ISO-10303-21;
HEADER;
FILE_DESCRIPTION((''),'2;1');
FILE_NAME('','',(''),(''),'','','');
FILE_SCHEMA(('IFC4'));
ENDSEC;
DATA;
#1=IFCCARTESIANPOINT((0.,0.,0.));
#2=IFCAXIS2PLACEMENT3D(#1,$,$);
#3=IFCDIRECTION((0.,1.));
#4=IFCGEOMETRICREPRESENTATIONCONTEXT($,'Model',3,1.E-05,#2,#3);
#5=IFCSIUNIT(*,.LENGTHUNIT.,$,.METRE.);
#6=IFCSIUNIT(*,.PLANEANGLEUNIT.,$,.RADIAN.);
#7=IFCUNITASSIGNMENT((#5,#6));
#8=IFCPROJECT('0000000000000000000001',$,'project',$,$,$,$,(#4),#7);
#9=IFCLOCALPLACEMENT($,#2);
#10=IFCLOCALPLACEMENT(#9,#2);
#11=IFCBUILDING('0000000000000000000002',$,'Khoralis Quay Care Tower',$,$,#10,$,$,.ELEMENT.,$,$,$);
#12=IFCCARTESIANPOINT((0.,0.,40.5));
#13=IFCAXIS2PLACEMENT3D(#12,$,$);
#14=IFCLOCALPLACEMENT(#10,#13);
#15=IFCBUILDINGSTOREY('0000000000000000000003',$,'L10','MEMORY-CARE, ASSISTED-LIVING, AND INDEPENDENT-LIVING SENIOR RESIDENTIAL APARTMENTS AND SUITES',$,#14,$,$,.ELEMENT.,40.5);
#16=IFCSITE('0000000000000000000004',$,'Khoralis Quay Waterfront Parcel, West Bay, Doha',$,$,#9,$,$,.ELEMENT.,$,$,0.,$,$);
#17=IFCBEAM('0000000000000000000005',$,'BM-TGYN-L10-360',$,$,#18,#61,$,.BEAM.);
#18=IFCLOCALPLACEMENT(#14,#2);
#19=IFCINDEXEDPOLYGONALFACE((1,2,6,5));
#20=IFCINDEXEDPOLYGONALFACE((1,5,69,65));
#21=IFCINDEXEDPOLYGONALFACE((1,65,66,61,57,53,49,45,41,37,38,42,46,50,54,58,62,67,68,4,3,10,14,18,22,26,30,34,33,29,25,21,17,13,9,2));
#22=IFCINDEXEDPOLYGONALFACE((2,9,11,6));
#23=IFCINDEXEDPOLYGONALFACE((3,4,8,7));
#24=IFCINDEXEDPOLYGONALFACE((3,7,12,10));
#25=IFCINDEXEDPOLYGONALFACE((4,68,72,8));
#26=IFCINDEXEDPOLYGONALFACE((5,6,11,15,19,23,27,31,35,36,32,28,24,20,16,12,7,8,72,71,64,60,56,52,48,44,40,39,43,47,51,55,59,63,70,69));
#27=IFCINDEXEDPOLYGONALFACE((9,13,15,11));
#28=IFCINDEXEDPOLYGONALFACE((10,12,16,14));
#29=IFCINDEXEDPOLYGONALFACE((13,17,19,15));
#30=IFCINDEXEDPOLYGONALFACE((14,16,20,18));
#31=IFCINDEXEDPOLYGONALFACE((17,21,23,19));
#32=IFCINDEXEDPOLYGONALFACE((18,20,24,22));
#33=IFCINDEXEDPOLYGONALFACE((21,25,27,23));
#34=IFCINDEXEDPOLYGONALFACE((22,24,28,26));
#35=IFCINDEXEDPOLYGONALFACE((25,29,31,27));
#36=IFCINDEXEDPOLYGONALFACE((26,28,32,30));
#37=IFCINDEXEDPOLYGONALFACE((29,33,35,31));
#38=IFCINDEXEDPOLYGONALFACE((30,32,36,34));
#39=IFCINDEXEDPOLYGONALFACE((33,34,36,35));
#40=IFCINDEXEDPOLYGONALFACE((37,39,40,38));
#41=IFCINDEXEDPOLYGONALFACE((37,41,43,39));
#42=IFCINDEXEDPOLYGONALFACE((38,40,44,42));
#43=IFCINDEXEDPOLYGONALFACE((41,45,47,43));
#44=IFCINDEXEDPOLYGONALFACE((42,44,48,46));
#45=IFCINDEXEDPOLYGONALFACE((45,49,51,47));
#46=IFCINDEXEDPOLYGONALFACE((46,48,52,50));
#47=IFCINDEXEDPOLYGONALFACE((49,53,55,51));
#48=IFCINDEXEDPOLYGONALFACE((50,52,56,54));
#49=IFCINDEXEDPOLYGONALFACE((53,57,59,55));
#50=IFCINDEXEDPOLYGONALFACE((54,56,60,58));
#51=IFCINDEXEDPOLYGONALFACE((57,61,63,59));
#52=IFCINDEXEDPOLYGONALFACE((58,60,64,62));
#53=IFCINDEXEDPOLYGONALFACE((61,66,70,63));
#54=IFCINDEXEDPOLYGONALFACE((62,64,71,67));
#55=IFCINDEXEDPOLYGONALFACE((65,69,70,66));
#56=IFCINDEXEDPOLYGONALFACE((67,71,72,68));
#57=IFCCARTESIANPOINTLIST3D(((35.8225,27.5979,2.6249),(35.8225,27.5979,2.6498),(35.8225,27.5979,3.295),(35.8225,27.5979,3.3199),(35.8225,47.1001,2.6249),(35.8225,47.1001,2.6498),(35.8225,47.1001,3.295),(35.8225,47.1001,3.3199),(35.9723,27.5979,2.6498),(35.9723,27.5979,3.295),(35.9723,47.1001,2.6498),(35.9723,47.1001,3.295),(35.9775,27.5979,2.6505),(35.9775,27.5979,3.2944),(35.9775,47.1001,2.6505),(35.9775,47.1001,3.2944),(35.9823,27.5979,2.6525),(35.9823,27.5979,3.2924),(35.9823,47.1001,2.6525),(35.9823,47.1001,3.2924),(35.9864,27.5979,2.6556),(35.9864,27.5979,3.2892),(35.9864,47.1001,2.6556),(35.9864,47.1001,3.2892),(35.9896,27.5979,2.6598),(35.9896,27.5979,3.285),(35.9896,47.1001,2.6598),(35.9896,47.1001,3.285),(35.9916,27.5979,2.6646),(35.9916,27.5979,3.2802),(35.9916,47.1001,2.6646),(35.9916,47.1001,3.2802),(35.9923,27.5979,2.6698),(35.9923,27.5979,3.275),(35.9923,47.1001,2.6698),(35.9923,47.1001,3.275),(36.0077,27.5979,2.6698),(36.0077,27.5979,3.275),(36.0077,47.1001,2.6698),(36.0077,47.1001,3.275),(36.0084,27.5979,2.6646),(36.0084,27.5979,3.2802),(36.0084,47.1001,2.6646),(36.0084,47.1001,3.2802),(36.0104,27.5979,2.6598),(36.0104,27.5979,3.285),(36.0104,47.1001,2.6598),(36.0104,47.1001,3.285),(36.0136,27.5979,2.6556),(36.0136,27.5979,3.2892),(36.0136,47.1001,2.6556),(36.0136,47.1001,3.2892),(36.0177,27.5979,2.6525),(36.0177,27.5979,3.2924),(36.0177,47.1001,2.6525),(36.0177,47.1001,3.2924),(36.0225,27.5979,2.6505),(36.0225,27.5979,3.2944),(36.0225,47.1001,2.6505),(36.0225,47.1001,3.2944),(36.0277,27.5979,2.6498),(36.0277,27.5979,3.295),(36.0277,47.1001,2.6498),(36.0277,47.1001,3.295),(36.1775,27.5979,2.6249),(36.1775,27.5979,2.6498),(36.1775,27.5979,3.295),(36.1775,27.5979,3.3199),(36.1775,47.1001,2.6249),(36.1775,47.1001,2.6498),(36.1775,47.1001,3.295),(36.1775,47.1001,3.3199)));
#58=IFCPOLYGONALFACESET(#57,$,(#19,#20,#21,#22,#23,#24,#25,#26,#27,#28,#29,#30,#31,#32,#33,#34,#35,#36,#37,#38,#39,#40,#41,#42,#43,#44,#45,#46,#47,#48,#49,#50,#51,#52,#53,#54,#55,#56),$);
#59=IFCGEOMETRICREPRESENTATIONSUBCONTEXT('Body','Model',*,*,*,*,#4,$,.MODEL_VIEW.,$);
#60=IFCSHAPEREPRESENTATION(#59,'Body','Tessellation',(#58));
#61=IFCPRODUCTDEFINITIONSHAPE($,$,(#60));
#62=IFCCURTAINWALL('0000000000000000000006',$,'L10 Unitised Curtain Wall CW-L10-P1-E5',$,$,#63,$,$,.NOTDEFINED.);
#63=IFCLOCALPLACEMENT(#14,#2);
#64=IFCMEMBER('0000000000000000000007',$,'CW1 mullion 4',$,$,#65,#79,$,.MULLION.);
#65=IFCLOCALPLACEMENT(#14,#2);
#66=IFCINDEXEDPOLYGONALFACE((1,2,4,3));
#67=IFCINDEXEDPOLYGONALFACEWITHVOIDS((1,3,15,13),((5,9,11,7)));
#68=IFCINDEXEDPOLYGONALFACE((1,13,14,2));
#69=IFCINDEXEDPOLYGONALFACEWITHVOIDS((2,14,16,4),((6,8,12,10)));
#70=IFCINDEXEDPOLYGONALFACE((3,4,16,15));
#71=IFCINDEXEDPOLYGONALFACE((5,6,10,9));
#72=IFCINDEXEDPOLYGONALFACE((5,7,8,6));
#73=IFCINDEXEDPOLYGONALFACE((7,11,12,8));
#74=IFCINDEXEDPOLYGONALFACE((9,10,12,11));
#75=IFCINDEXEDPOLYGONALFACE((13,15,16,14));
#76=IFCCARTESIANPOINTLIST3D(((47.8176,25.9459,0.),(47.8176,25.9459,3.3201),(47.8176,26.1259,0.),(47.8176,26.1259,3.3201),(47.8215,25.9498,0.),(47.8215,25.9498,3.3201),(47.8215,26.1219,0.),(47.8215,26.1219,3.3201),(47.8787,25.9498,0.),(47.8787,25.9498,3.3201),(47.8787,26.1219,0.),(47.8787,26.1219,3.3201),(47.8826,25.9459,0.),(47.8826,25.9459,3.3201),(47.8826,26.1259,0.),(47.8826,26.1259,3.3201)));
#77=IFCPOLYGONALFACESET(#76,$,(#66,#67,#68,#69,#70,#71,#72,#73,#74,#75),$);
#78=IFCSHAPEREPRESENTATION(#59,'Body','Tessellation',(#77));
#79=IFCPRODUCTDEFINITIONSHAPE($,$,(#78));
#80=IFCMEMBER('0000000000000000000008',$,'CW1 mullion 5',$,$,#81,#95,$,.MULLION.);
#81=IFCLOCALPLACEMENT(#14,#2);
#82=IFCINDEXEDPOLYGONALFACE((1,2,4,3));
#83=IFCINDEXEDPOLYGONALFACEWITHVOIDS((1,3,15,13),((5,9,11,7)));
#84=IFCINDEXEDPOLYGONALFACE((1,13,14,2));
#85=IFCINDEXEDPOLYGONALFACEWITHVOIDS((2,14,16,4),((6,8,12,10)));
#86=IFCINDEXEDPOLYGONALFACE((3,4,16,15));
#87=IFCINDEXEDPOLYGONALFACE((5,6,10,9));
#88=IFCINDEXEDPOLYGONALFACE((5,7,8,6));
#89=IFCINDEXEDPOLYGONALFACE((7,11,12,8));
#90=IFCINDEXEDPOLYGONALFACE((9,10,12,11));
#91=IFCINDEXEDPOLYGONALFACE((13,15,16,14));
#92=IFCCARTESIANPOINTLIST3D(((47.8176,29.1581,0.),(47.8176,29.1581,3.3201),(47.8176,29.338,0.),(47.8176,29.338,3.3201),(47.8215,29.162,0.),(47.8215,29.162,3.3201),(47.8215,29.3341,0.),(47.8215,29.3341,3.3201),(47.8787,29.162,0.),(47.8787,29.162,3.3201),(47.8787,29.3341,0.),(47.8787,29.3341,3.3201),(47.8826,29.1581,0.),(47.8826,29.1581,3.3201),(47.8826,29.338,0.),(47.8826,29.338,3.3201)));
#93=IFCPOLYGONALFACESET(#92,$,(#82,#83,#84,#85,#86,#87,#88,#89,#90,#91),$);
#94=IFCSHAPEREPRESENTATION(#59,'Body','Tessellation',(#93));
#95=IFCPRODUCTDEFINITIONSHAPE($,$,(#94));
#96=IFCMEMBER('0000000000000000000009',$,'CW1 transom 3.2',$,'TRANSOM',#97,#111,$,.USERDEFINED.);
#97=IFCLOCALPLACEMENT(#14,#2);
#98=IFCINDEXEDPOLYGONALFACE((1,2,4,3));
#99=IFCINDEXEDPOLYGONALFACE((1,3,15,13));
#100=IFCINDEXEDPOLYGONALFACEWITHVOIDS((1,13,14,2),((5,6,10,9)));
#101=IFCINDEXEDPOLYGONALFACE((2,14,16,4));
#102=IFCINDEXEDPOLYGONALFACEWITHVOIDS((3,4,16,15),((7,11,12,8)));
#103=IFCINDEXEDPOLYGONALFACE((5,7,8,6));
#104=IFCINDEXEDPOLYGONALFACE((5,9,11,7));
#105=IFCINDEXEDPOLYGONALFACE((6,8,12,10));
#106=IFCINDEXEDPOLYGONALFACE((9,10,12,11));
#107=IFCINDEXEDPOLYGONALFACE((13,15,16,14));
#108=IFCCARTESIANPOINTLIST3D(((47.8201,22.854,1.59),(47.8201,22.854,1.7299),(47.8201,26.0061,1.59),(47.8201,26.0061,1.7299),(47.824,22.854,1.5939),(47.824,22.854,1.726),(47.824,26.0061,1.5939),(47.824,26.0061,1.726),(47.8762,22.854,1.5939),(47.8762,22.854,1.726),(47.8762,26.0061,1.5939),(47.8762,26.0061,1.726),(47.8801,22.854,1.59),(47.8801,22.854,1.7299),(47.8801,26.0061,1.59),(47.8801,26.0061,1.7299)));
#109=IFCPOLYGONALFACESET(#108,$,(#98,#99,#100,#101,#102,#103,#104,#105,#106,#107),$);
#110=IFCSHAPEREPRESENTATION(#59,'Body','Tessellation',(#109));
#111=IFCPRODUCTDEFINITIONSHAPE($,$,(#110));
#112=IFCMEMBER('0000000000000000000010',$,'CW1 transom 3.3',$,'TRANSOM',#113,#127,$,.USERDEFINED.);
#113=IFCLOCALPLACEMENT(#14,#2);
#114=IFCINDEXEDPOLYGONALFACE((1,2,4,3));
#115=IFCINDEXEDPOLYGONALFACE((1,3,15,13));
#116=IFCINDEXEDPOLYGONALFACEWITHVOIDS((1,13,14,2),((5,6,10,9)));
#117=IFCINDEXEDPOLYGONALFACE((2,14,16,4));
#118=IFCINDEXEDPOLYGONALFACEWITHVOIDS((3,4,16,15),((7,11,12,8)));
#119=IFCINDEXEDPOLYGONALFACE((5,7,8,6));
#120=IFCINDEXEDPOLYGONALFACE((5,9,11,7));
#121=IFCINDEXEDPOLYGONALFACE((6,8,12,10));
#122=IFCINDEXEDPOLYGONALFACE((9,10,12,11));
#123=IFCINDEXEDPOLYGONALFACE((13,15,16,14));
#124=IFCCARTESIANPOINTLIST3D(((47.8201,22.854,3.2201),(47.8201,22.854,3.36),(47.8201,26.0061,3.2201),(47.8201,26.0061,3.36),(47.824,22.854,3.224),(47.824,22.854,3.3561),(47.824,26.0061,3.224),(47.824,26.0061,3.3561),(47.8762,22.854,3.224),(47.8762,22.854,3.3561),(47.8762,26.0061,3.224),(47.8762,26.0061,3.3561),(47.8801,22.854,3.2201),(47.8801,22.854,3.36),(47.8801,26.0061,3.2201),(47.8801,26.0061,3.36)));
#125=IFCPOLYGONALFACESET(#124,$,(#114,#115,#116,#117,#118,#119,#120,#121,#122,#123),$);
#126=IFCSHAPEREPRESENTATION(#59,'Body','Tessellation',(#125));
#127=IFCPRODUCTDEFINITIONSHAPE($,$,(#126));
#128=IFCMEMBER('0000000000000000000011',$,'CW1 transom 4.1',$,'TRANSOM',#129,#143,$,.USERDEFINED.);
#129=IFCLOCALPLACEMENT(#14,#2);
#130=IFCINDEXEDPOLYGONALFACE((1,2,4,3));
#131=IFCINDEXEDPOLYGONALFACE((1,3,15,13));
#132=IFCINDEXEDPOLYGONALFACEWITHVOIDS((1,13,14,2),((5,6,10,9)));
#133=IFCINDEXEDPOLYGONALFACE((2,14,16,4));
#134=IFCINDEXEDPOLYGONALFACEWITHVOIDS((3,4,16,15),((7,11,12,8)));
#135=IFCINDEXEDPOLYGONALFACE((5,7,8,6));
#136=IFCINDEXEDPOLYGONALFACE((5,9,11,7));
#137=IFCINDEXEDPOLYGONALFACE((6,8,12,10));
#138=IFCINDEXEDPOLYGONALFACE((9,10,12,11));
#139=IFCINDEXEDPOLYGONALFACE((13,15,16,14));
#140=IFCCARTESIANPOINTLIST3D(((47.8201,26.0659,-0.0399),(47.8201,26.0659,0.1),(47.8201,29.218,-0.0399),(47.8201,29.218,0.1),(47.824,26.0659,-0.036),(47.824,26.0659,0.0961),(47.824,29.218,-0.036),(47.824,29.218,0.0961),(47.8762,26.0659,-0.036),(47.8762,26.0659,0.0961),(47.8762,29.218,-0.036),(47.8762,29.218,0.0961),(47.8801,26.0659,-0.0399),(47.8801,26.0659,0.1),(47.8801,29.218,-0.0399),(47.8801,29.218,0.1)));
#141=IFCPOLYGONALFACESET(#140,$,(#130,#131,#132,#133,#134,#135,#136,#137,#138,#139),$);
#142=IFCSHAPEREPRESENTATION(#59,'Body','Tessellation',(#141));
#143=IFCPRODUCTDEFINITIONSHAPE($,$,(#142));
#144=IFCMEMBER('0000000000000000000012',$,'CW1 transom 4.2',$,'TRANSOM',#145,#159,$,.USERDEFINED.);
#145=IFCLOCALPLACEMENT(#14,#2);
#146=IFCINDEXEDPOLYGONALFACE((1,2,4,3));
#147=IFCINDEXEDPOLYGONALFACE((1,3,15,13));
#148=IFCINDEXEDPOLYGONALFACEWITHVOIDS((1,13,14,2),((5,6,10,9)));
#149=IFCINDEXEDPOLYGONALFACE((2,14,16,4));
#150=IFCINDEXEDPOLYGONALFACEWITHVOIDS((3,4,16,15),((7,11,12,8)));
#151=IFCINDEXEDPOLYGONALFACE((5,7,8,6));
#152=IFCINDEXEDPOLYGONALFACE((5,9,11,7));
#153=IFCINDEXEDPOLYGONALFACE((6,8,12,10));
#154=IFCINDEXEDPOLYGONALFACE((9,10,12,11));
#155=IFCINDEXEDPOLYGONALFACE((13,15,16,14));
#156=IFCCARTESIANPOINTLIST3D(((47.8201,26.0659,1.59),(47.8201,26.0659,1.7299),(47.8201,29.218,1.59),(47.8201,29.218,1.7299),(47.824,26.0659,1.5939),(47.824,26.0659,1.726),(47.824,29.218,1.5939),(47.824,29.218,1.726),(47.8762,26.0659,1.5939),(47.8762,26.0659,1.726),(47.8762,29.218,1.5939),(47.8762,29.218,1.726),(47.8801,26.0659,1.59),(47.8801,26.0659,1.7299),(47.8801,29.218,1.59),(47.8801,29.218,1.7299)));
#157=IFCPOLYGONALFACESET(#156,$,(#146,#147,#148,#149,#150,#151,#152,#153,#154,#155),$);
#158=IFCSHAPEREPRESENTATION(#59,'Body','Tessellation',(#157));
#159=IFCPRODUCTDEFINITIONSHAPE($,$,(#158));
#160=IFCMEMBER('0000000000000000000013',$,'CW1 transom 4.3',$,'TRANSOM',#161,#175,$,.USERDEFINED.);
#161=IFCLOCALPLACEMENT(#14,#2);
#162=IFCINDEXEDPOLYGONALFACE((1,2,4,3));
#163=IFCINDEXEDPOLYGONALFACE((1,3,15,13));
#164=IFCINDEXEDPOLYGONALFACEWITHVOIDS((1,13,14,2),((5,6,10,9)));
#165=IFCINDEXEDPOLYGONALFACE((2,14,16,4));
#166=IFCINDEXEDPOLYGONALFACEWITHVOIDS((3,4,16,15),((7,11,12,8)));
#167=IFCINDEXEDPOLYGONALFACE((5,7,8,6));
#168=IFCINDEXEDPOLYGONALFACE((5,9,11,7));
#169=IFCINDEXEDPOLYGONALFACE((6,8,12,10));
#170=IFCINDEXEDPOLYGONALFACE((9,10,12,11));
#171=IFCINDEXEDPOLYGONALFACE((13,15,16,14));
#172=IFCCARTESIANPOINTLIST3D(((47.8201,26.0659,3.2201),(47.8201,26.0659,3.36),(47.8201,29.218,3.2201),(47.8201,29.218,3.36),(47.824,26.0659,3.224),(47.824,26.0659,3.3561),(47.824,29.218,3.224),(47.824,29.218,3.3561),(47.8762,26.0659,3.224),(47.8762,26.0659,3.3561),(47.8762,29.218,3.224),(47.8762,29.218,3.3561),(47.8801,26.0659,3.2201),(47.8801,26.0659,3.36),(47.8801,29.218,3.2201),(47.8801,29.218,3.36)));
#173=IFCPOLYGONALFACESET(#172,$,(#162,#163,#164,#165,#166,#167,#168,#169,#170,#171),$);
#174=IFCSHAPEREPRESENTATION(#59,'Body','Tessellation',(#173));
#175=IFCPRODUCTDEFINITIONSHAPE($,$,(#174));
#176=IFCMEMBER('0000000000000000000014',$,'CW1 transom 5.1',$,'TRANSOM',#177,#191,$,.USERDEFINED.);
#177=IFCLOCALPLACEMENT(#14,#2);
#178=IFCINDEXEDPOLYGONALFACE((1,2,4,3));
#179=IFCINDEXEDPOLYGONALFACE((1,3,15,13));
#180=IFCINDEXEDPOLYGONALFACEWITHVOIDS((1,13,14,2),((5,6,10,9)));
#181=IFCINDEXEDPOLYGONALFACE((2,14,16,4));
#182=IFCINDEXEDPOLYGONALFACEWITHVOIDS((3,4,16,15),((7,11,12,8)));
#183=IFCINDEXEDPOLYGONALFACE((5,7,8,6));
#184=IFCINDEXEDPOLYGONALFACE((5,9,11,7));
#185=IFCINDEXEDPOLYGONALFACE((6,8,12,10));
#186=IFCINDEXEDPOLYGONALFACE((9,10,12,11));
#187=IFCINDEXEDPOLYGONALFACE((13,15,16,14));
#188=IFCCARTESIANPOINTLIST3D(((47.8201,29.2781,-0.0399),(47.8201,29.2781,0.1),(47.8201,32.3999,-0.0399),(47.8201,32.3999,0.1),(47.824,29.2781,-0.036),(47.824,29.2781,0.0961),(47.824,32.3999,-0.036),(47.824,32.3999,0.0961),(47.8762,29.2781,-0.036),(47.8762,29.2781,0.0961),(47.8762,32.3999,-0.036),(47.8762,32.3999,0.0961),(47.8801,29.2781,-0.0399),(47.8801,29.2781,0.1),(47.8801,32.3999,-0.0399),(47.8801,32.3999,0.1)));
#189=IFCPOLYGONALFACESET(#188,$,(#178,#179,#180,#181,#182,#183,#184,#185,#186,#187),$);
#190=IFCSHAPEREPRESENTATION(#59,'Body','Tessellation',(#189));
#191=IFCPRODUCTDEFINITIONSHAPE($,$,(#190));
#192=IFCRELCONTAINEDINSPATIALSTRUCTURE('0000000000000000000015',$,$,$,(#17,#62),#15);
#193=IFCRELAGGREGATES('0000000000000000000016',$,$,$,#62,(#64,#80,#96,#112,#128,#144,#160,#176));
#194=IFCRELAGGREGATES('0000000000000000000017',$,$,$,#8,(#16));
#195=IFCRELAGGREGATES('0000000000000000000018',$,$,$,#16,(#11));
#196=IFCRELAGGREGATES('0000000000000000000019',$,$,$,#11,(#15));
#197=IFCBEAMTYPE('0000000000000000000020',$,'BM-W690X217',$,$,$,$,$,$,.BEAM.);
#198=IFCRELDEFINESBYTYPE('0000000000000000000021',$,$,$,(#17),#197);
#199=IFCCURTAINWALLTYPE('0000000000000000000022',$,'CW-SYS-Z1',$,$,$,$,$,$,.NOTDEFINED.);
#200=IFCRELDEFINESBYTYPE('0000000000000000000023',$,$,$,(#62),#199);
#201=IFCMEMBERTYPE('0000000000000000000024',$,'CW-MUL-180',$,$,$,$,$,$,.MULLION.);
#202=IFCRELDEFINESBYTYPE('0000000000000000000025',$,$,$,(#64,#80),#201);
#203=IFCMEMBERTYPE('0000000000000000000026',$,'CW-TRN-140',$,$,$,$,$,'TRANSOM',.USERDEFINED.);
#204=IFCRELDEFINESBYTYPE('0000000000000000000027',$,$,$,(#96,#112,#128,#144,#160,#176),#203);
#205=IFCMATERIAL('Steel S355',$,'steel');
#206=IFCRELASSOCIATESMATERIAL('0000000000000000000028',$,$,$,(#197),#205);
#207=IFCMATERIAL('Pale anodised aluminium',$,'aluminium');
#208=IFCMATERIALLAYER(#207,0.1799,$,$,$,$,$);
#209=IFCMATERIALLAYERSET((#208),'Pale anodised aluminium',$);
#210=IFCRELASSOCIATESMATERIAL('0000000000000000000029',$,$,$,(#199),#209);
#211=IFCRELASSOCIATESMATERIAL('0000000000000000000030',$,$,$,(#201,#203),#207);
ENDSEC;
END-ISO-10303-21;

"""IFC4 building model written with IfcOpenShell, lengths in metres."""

from ifc_helpers import new_model, si_unit, direction, frame, origin, origin_2d, place, context, subcontext, project, spatial, hollow_rectangle, i_section, extrude, source, transform, mapped, material, layer, layer_set, material_profile, profile_set, type_object, element, aggregate, save


model = new_model("IFC4")

# Units and contexts
model_context = context("Model", 3, precision=1e-05, world=origin(), true_north=direction((0.0, 1.0)))
body_context = subcontext(model_context, "Body", "Model", "MODEL_VIEW")
ifc_project = project(units=[si_unit("LENGTHUNIT", "METRE"), si_unit("PLANEANGLEUNIT", "RADIAN")], contexts=[model_context])

# Site, building, storey
site_placement = place(None, origin())
site = spatial("IfcSite", under=ifc_project, at=site_placement, Name="Khoralis Quay Waterfront Parcel, West Bay, Doha", CompositionType="ELEMENT", RefElevation=0.0)
building_placement = place(site_placement, origin())
building = spatial("IfcBuilding", under=site, at=building_placement, Name="Khoralis Quay Care Tower", CompositionType="ELEMENT")
storey_placement = place(building_placement, frame((0.0, 0.0, 40.5)))
storey = spatial("IfcBuildingStorey", under=building, at=storey_placement, Name="L10", Description="MEMORY-CARE, ASSISTED-LIVING, AND INDEPENDENT-LIVING SENIOR RESIDENTIAL APARTMENTS AND SUITES", CompositionType="ELEMENT", Elevation=40.5)

# Beam
ifc_material_1 = material(Name="Steel S355", Category="steel")
ifc_material_profile_1 = material_profile(ifc_material_1, i_section(OverallWidth=0.355, OverallDepth=0.6951, WebThickness=0.0154, FlangeThickness=0.0249, FilletRadius=0.02, at=origin_2d()), Name="Steel S355")
ifc_profile_set_1 = profile_set([ifc_material_profile_1], Name="Steel S355")
beam_type_1 = type_object("IfcBeamType", Name="BM-W690X217", PredefinedType="BEAM", material=ifc_profile_set_1)
shared_shape_1 = source(origin(), body_context, "Body", "SweptSolid", [
    extrude(i_section(OverallWidth=0.355, OverallDepth=0.6951, WebThickness=0.0154, FlangeThickness=0.0249, FilletRadius=0.02, at=origin_2d()), origin(), (0.0, 0.0, 1.0), 19.5022),
])
beam_1_placement = place(storey_placement, frame((36.0, 27.5979, 2.9724), z_axis=(0.0, 1.0, 0.0), x_axis=(-1.0, 0.0, 0.0)))
element("IfcBeam", 1, at=beam_1_placement, inside=storey, type_object=beam_type_1, Name="BM-TGYN-L10-360", PredefinedType="BEAM", context=body_context, shape_type="MappedRepresentation", body=[
    mapped(shared_shape_1, transform((0.0, 0.0, 0.0), scale=1.0)),
])

# Curtain wall, members
ifc_material_2 = material(Name="Pale anodised aluminium", Category="aluminium")
ifc_layer_1 = layer(ifc_material_2, 0.1799)
ifc_layer_set_1 = layer_set([ifc_layer_1], Name="Pale anodised aluminium")
curtain_wall_type = type_object("IfcCurtainWallType", Name="CW-SYS-Z1", PredefinedType="NOTDEFINED", material=ifc_layer_set_1)
curtain_wall_placement = place(storey_placement, origin())
curtain_wall = element("IfcCurtainWall", 2, at=curtain_wall_placement, inside=storey, type_object=curtain_wall_type, Name="L10 Unitised Curtain Wall CW-L10-P1-E5", PredefinedType="NOTDEFINED")
ifc_material_profile_2 = material_profile(ifc_material_2, hollow_rectangle(XDim=0.0649, YDim=0.1799, WallThickness=0.0039, at=origin_2d()), Name="Pale anodised aluminium")
ifc_profile_set_2 = profile_set([ifc_material_profile_2], Name="Pale anodised aluminium")
member_type_1 = type_object("IfcMemberType", Name="CW-MUL-180", PredefinedType="MULLION", material=ifc_profile_set_2)
shared_shape_2 = source(origin(), body_context, "Body", "SweptSolid", [
    extrude(hollow_rectangle(XDim=0.0649, YDim=0.1799, WallThickness=0.0039, at=origin_2d()), origin(), (0.0, 0.0, 1.0), 3.3201),
])
member_1_placement = place(storey_placement, frame((47.8501, 26.0359, 0.0), z_axis=(0.0, 0.0, 1.0), x_axis=(-1.0, 0.0, 0.0)))
member_1 = element("IfcMember", 3, at=member_1_placement, type_object=member_type_1, Name="CW1 mullion 4", PredefinedType="MULLION", context=body_context, shape_type="MappedRepresentation", body=[
    mapped(shared_shape_2, transform((0.0, 0.0, 0.0), scale=1.0)),
])
member_2_placement = place(storey_placement, frame((47.8501, 29.248, 0.0), z_axis=(0.0, 0.0, 1.0), x_axis=(-1.0, 0.0, 0.0)))
member_2 = element("IfcMember", 4, at=member_2_placement, type_object=member_type_1, Name="CW1 mullion 5", PredefinedType="MULLION", context=body_context, shape_type="MappedRepresentation", body=[
    mapped(shared_shape_2, transform((0.0, 0.0, 0.0), scale=1.0)),
])
ifc_material_profile_3 = material_profile(ifc_material_2, hollow_rectangle(XDim=0.0601, YDim=0.1399, WallThickness=0.0039, at=origin_2d()), Name="Pale anodised aluminium")
ifc_profile_set_3 = profile_set([ifc_material_profile_3], Name="Pale anodised aluminium")
member_type_2 = type_object("IfcMemberType", Name="CW-TRN-140", ElementType="TRANSOM", PredefinedType="USERDEFINED", material=ifc_profile_set_3)
shared_shape_3 = source(origin(), body_context, "Body", "SweptSolid", [
    extrude(hollow_rectangle(XDim=0.0601, YDim=0.1399, WallThickness=0.0039, at=origin_2d()), origin(), (0.0, 0.0, 1.0), 3.1521),
])
member_3_placement = place(storey_placement, frame((47.8501, 22.854, 1.6599), z_axis=(0.0, 1.0, 0.0), x_axis=(-1.0, 0.0, 0.0)))
member_3 = element("IfcMember", 5, at=member_3_placement, type_object=member_type_2, Name="CW1 transom 3.2", ObjectType="TRANSOM", PredefinedType="USERDEFINED", context=body_context, shape_type="MappedRepresentation", body=[
    mapped(shared_shape_3, transform((0.0, 0.0, 0.0), scale=1.0)),
])
member_4_placement = place(storey_placement, frame((47.8501, 22.854, 3.29), z_axis=(0.0, 1.0, 0.0), x_axis=(-1.0, 0.0, 0.0)))
member_4 = element("IfcMember", 6, at=member_4_placement, type_object=member_type_2, Name="CW1 transom 3.3", ObjectType="TRANSOM", PredefinedType="USERDEFINED", context=body_context, shape_type="MappedRepresentation", body=[
    mapped(shared_shape_3, transform((0.0, 0.0, 0.0), scale=1.0)),
])
member_5_placement = place(storey_placement, frame((47.8501, 26.0659, 0.03), z_axis=(0.0, 1.0, 0.0), x_axis=(-1.0, 0.0, 0.0)))
member_5 = element("IfcMember", 7, at=member_5_placement, type_object=member_type_2, Name="CW1 transom 4.1", ObjectType="TRANSOM", PredefinedType="USERDEFINED", context=body_context, shape_type="MappedRepresentation", body=[
    mapped(shared_shape_3, transform((0.0, 0.0, 0.0), scale=1.0)),
])
member_6_placement = place(storey_placement, frame((47.8501, 26.0659, 1.6599), z_axis=(0.0, 1.0, 0.0), x_axis=(-1.0, 0.0, 0.0)))
member_6 = element("IfcMember", 8, at=member_6_placement, type_object=member_type_2, Name="CW1 transom 4.2", ObjectType="TRANSOM", PredefinedType="USERDEFINED", context=body_context, shape_type="MappedRepresentation", body=[
    mapped(shared_shape_3, transform((0.0, 0.0, 0.0), scale=1.0)),
])
member_7_placement = place(storey_placement, frame((47.8501, 26.0659, 3.29), z_axis=(0.0, 1.0, 0.0), x_axis=(-1.0, 0.0, 0.0)))
member_7 = element("IfcMember", 9, at=member_7_placement, type_object=member_type_2, Name="CW1 transom 4.3", ObjectType="TRANSOM", PredefinedType="USERDEFINED", context=body_context, shape_type="MappedRepresentation", body=[
    mapped(shared_shape_3, transform((0.0, 0.0, 0.0), scale=1.0)),
])
shared_shape_4 = source(origin(), body_context, "Body", "SweptSolid", [
    extrude(hollow_rectangle(XDim=0.0601, YDim=0.1399, WallThickness=0.0039, at=origin_2d()), origin(), (0.0, 0.0, 1.0), 3.1218),
])
member_8_placement = place(storey_placement, frame((47.8501, 29.2781, 0.03), z_axis=(0.0, 1.0, 0.0), x_axis=(-1.0, 0.0, 0.0)))
member_8 = element("IfcMember", 10, at=member_8_placement, type_object=member_type_2, Name="CW1 transom 5.1", ObjectType="TRANSOM", PredefinedType="USERDEFINED", context=body_context, shape_type="MappedRepresentation", body=[
    mapped(shared_shape_4, transform((0.0, 0.0, 0.0), scale=1.0)),
])
aggregate(curtain_wall, [member_1, member_2, member_3, member_4, member_5, member_6, member_7, member_8])

save(model, "model.ifc")
